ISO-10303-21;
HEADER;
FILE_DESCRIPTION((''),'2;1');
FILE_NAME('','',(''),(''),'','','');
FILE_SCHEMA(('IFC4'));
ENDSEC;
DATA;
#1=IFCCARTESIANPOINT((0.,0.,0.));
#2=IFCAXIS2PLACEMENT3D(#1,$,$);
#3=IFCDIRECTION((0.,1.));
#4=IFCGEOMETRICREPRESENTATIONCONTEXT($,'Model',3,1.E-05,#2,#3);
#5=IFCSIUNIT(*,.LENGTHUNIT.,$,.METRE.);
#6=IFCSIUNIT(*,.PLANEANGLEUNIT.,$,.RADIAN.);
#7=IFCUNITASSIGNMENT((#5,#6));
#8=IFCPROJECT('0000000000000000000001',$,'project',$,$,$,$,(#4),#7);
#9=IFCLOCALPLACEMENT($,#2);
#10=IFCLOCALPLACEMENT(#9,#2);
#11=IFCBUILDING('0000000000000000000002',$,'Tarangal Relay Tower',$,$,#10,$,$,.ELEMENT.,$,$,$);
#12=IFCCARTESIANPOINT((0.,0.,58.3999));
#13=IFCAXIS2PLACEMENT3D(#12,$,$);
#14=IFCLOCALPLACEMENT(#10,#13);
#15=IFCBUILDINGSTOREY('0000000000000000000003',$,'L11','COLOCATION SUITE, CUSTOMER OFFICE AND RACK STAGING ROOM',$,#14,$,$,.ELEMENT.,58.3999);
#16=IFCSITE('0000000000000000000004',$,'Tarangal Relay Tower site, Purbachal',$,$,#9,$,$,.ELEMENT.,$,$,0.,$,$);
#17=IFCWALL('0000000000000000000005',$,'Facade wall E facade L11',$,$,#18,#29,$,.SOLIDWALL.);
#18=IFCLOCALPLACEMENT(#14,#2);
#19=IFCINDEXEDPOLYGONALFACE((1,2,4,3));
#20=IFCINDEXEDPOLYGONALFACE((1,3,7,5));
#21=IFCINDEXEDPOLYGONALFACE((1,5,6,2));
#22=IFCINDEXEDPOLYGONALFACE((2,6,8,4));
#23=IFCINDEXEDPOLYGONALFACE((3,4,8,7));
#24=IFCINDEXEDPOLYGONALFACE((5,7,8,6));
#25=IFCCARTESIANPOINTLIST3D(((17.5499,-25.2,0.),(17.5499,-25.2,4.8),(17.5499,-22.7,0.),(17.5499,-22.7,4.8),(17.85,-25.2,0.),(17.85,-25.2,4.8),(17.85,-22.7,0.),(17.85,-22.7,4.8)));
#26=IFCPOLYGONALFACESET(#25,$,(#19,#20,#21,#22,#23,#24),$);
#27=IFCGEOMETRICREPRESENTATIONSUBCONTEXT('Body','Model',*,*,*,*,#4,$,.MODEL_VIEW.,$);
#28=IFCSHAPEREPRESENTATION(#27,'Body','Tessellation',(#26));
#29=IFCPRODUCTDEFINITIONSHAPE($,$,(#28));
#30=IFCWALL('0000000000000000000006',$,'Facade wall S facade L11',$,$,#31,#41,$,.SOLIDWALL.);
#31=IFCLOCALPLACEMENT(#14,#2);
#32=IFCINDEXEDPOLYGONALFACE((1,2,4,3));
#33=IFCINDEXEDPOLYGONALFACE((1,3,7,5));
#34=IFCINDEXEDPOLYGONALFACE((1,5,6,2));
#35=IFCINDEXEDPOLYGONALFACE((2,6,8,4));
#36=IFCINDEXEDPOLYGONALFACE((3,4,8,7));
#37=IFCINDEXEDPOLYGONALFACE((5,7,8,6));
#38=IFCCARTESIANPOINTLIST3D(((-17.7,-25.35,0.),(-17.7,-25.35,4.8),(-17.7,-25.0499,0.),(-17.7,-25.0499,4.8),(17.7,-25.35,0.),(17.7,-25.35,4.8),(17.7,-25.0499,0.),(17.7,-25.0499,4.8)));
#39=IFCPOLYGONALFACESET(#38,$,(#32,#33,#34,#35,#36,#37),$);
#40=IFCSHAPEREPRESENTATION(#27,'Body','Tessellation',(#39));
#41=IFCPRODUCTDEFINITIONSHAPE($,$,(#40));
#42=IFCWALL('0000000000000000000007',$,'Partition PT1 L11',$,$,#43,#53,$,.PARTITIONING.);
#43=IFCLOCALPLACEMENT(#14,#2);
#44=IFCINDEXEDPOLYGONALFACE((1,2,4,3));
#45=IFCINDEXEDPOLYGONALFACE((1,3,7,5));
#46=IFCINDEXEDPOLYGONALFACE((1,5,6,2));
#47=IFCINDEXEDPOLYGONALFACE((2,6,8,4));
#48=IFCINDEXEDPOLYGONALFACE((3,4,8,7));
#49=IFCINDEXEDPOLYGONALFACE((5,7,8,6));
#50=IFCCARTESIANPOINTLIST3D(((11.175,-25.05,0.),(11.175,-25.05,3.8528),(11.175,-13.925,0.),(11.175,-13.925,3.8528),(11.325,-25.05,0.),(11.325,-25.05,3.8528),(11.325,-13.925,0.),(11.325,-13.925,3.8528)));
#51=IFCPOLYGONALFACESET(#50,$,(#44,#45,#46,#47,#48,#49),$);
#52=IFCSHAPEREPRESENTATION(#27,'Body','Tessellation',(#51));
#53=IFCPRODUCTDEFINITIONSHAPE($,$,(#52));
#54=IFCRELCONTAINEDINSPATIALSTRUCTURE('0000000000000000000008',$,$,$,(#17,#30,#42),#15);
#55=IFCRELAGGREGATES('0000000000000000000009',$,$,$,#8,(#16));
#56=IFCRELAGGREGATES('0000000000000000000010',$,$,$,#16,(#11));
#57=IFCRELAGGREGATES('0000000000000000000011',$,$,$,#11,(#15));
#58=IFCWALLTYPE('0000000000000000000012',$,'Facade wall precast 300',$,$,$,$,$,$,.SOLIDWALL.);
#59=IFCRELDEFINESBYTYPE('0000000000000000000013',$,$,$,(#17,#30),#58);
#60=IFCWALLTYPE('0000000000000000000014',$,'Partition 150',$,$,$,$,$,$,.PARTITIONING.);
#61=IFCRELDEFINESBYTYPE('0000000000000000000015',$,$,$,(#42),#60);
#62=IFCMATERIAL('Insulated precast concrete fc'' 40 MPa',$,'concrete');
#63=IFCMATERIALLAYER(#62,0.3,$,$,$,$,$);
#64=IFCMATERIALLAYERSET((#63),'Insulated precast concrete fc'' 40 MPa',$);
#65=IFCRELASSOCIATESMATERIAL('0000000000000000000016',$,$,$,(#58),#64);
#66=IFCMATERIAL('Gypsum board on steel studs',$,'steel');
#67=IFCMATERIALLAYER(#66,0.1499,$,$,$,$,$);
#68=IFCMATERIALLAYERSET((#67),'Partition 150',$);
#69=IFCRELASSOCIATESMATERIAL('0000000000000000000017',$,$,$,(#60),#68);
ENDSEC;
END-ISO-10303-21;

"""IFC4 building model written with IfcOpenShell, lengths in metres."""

from ifc_helpers import new_model, si_unit, direction, frame, frame_2d, origin, place, context, subcontext, project, spatial, rectangle, extrude, material, layer, layer_set, type_object, element, save


model = new_model("IFC4")

# Units and contexts
model_context = context("Model", 3, precision=1e-05, world=origin(), true_north=direction((0.0, 1.0)))
body_context = subcontext(model_context, "Body", "Model", "MODEL_VIEW")
ifc_project = project(units=[si_unit("LENGTHUNIT", "METRE"), si_unit("PLANEANGLEUNIT", "RADIAN")], contexts=[model_context])

# Site, building, storey
site_placement = place(None, origin())
site = spatial("IfcSite", under=ifc_project, at=site_placement, Name="Tarangal Relay Tower site, Purbachal", CompositionType="ELEMENT", RefElevation=0.0)
building_placement = place(site_placement, origin())
building = spatial("IfcBuilding", under=site, at=building_placement, Name="Tarangal Relay Tower", CompositionType="ELEMENT")
storey_placement = place(building_placement, frame((0.0, 0.0, 58.3999)))
storey = spatial("IfcBuildingStorey", under=building, at=storey_placement, Name="L11", Description="COLOCATION SUITE, CUSTOMER OFFICE AND RACK STAGING ROOM", CompositionType="ELEMENT", Elevation=58.3999)

# Shared definitions
ifc_material_1 = material(Name="Insulated precast concrete fc' 40 MPa", Category="concrete")
ifc_layer_1 = layer(ifc_material_1, 0.3)
ifc_layer_set_1 = layer_set([ifc_layer_1], Name="Insulated precast concrete fc' 40 MPa")
wall_type_1 = type_object("IfcWallType", Name="Facade wall precast 300", PredefinedType="SOLIDWALL", material=ifc_layer_set_1)

# Walls
for number, where, z_axis, x_axis, name in (
    (1, (17.7, -22.7, 0.0), (0.0, 0.0, 1.0), (0.0, -1.0, 0.0), "Facade wall E facade L11"),
):
    element("IfcWall", number, at=place(storey_placement, frame(where, z_axis=z_axis, x_axis=x_axis)), inside=storey, type_object=wall_type_1, Name=name, PredefinedType="SOLIDWALL", context=body_context, shape_type="SweptSolid", body=[
        extrude(rectangle(XDim=2.5, YDim=0.3, at=frame_2d((1.25, 0.0))), origin(), (0.0, 0.0, 1.0), 4.8),
    ])
wall_1_placement = place(storey_placement, frame((17.7, -25.2, 0.0), z_axis=(0.0, 0.0, 1.0), x_axis=(-1.0, 0.0, 0.0)))
element("IfcWall", 2, at=wall_1_placement, inside=storey, type_object=wall_type_1, Name="Facade wall S facade L11", PredefinedType="SOLIDWALL", context=body_context, shape_type="SweptSolid", body=[
    extrude(rectangle(XDim=35.3999, YDim=0.3, at=frame_2d((17.7, 0.0))), origin(), (0.0, 0.0, 1.0), 4.8),
])
ifc_material_2 = material(Name="Gypsum board on steel studs", Category="steel")
ifc_layer_2 = layer(ifc_material_2, 0.1499)
ifc_layer_set_2 = layer_set([ifc_layer_2], Name="Partition 150")
wall_type_2 = type_object("IfcWallType", Name="Partition 150", PredefinedType="PARTITIONING", material=ifc_layer_set_2)
wall_2_placement = place(storey_placement, frame((11.25, -25.05, 0.0), z_axis=(0.0, 0.0, 1.0), x_axis=(0.0, 1.0, 0.0)))
element("IfcWall", 3, at=wall_2_placement, inside=storey, type_object=wall_type_2, Name="Partition PT1 L11", PredefinedType="PARTITIONING", context=body_context, shape_type="SweptSolid", body=[
    extrude(rectangle(XDim=11.125, YDim=0.1499, at=frame_2d((5.5625, 0.0))), origin(), (0.0, 0.0, 1.0), 3.8528),
])

save(model, "model.ifc")
